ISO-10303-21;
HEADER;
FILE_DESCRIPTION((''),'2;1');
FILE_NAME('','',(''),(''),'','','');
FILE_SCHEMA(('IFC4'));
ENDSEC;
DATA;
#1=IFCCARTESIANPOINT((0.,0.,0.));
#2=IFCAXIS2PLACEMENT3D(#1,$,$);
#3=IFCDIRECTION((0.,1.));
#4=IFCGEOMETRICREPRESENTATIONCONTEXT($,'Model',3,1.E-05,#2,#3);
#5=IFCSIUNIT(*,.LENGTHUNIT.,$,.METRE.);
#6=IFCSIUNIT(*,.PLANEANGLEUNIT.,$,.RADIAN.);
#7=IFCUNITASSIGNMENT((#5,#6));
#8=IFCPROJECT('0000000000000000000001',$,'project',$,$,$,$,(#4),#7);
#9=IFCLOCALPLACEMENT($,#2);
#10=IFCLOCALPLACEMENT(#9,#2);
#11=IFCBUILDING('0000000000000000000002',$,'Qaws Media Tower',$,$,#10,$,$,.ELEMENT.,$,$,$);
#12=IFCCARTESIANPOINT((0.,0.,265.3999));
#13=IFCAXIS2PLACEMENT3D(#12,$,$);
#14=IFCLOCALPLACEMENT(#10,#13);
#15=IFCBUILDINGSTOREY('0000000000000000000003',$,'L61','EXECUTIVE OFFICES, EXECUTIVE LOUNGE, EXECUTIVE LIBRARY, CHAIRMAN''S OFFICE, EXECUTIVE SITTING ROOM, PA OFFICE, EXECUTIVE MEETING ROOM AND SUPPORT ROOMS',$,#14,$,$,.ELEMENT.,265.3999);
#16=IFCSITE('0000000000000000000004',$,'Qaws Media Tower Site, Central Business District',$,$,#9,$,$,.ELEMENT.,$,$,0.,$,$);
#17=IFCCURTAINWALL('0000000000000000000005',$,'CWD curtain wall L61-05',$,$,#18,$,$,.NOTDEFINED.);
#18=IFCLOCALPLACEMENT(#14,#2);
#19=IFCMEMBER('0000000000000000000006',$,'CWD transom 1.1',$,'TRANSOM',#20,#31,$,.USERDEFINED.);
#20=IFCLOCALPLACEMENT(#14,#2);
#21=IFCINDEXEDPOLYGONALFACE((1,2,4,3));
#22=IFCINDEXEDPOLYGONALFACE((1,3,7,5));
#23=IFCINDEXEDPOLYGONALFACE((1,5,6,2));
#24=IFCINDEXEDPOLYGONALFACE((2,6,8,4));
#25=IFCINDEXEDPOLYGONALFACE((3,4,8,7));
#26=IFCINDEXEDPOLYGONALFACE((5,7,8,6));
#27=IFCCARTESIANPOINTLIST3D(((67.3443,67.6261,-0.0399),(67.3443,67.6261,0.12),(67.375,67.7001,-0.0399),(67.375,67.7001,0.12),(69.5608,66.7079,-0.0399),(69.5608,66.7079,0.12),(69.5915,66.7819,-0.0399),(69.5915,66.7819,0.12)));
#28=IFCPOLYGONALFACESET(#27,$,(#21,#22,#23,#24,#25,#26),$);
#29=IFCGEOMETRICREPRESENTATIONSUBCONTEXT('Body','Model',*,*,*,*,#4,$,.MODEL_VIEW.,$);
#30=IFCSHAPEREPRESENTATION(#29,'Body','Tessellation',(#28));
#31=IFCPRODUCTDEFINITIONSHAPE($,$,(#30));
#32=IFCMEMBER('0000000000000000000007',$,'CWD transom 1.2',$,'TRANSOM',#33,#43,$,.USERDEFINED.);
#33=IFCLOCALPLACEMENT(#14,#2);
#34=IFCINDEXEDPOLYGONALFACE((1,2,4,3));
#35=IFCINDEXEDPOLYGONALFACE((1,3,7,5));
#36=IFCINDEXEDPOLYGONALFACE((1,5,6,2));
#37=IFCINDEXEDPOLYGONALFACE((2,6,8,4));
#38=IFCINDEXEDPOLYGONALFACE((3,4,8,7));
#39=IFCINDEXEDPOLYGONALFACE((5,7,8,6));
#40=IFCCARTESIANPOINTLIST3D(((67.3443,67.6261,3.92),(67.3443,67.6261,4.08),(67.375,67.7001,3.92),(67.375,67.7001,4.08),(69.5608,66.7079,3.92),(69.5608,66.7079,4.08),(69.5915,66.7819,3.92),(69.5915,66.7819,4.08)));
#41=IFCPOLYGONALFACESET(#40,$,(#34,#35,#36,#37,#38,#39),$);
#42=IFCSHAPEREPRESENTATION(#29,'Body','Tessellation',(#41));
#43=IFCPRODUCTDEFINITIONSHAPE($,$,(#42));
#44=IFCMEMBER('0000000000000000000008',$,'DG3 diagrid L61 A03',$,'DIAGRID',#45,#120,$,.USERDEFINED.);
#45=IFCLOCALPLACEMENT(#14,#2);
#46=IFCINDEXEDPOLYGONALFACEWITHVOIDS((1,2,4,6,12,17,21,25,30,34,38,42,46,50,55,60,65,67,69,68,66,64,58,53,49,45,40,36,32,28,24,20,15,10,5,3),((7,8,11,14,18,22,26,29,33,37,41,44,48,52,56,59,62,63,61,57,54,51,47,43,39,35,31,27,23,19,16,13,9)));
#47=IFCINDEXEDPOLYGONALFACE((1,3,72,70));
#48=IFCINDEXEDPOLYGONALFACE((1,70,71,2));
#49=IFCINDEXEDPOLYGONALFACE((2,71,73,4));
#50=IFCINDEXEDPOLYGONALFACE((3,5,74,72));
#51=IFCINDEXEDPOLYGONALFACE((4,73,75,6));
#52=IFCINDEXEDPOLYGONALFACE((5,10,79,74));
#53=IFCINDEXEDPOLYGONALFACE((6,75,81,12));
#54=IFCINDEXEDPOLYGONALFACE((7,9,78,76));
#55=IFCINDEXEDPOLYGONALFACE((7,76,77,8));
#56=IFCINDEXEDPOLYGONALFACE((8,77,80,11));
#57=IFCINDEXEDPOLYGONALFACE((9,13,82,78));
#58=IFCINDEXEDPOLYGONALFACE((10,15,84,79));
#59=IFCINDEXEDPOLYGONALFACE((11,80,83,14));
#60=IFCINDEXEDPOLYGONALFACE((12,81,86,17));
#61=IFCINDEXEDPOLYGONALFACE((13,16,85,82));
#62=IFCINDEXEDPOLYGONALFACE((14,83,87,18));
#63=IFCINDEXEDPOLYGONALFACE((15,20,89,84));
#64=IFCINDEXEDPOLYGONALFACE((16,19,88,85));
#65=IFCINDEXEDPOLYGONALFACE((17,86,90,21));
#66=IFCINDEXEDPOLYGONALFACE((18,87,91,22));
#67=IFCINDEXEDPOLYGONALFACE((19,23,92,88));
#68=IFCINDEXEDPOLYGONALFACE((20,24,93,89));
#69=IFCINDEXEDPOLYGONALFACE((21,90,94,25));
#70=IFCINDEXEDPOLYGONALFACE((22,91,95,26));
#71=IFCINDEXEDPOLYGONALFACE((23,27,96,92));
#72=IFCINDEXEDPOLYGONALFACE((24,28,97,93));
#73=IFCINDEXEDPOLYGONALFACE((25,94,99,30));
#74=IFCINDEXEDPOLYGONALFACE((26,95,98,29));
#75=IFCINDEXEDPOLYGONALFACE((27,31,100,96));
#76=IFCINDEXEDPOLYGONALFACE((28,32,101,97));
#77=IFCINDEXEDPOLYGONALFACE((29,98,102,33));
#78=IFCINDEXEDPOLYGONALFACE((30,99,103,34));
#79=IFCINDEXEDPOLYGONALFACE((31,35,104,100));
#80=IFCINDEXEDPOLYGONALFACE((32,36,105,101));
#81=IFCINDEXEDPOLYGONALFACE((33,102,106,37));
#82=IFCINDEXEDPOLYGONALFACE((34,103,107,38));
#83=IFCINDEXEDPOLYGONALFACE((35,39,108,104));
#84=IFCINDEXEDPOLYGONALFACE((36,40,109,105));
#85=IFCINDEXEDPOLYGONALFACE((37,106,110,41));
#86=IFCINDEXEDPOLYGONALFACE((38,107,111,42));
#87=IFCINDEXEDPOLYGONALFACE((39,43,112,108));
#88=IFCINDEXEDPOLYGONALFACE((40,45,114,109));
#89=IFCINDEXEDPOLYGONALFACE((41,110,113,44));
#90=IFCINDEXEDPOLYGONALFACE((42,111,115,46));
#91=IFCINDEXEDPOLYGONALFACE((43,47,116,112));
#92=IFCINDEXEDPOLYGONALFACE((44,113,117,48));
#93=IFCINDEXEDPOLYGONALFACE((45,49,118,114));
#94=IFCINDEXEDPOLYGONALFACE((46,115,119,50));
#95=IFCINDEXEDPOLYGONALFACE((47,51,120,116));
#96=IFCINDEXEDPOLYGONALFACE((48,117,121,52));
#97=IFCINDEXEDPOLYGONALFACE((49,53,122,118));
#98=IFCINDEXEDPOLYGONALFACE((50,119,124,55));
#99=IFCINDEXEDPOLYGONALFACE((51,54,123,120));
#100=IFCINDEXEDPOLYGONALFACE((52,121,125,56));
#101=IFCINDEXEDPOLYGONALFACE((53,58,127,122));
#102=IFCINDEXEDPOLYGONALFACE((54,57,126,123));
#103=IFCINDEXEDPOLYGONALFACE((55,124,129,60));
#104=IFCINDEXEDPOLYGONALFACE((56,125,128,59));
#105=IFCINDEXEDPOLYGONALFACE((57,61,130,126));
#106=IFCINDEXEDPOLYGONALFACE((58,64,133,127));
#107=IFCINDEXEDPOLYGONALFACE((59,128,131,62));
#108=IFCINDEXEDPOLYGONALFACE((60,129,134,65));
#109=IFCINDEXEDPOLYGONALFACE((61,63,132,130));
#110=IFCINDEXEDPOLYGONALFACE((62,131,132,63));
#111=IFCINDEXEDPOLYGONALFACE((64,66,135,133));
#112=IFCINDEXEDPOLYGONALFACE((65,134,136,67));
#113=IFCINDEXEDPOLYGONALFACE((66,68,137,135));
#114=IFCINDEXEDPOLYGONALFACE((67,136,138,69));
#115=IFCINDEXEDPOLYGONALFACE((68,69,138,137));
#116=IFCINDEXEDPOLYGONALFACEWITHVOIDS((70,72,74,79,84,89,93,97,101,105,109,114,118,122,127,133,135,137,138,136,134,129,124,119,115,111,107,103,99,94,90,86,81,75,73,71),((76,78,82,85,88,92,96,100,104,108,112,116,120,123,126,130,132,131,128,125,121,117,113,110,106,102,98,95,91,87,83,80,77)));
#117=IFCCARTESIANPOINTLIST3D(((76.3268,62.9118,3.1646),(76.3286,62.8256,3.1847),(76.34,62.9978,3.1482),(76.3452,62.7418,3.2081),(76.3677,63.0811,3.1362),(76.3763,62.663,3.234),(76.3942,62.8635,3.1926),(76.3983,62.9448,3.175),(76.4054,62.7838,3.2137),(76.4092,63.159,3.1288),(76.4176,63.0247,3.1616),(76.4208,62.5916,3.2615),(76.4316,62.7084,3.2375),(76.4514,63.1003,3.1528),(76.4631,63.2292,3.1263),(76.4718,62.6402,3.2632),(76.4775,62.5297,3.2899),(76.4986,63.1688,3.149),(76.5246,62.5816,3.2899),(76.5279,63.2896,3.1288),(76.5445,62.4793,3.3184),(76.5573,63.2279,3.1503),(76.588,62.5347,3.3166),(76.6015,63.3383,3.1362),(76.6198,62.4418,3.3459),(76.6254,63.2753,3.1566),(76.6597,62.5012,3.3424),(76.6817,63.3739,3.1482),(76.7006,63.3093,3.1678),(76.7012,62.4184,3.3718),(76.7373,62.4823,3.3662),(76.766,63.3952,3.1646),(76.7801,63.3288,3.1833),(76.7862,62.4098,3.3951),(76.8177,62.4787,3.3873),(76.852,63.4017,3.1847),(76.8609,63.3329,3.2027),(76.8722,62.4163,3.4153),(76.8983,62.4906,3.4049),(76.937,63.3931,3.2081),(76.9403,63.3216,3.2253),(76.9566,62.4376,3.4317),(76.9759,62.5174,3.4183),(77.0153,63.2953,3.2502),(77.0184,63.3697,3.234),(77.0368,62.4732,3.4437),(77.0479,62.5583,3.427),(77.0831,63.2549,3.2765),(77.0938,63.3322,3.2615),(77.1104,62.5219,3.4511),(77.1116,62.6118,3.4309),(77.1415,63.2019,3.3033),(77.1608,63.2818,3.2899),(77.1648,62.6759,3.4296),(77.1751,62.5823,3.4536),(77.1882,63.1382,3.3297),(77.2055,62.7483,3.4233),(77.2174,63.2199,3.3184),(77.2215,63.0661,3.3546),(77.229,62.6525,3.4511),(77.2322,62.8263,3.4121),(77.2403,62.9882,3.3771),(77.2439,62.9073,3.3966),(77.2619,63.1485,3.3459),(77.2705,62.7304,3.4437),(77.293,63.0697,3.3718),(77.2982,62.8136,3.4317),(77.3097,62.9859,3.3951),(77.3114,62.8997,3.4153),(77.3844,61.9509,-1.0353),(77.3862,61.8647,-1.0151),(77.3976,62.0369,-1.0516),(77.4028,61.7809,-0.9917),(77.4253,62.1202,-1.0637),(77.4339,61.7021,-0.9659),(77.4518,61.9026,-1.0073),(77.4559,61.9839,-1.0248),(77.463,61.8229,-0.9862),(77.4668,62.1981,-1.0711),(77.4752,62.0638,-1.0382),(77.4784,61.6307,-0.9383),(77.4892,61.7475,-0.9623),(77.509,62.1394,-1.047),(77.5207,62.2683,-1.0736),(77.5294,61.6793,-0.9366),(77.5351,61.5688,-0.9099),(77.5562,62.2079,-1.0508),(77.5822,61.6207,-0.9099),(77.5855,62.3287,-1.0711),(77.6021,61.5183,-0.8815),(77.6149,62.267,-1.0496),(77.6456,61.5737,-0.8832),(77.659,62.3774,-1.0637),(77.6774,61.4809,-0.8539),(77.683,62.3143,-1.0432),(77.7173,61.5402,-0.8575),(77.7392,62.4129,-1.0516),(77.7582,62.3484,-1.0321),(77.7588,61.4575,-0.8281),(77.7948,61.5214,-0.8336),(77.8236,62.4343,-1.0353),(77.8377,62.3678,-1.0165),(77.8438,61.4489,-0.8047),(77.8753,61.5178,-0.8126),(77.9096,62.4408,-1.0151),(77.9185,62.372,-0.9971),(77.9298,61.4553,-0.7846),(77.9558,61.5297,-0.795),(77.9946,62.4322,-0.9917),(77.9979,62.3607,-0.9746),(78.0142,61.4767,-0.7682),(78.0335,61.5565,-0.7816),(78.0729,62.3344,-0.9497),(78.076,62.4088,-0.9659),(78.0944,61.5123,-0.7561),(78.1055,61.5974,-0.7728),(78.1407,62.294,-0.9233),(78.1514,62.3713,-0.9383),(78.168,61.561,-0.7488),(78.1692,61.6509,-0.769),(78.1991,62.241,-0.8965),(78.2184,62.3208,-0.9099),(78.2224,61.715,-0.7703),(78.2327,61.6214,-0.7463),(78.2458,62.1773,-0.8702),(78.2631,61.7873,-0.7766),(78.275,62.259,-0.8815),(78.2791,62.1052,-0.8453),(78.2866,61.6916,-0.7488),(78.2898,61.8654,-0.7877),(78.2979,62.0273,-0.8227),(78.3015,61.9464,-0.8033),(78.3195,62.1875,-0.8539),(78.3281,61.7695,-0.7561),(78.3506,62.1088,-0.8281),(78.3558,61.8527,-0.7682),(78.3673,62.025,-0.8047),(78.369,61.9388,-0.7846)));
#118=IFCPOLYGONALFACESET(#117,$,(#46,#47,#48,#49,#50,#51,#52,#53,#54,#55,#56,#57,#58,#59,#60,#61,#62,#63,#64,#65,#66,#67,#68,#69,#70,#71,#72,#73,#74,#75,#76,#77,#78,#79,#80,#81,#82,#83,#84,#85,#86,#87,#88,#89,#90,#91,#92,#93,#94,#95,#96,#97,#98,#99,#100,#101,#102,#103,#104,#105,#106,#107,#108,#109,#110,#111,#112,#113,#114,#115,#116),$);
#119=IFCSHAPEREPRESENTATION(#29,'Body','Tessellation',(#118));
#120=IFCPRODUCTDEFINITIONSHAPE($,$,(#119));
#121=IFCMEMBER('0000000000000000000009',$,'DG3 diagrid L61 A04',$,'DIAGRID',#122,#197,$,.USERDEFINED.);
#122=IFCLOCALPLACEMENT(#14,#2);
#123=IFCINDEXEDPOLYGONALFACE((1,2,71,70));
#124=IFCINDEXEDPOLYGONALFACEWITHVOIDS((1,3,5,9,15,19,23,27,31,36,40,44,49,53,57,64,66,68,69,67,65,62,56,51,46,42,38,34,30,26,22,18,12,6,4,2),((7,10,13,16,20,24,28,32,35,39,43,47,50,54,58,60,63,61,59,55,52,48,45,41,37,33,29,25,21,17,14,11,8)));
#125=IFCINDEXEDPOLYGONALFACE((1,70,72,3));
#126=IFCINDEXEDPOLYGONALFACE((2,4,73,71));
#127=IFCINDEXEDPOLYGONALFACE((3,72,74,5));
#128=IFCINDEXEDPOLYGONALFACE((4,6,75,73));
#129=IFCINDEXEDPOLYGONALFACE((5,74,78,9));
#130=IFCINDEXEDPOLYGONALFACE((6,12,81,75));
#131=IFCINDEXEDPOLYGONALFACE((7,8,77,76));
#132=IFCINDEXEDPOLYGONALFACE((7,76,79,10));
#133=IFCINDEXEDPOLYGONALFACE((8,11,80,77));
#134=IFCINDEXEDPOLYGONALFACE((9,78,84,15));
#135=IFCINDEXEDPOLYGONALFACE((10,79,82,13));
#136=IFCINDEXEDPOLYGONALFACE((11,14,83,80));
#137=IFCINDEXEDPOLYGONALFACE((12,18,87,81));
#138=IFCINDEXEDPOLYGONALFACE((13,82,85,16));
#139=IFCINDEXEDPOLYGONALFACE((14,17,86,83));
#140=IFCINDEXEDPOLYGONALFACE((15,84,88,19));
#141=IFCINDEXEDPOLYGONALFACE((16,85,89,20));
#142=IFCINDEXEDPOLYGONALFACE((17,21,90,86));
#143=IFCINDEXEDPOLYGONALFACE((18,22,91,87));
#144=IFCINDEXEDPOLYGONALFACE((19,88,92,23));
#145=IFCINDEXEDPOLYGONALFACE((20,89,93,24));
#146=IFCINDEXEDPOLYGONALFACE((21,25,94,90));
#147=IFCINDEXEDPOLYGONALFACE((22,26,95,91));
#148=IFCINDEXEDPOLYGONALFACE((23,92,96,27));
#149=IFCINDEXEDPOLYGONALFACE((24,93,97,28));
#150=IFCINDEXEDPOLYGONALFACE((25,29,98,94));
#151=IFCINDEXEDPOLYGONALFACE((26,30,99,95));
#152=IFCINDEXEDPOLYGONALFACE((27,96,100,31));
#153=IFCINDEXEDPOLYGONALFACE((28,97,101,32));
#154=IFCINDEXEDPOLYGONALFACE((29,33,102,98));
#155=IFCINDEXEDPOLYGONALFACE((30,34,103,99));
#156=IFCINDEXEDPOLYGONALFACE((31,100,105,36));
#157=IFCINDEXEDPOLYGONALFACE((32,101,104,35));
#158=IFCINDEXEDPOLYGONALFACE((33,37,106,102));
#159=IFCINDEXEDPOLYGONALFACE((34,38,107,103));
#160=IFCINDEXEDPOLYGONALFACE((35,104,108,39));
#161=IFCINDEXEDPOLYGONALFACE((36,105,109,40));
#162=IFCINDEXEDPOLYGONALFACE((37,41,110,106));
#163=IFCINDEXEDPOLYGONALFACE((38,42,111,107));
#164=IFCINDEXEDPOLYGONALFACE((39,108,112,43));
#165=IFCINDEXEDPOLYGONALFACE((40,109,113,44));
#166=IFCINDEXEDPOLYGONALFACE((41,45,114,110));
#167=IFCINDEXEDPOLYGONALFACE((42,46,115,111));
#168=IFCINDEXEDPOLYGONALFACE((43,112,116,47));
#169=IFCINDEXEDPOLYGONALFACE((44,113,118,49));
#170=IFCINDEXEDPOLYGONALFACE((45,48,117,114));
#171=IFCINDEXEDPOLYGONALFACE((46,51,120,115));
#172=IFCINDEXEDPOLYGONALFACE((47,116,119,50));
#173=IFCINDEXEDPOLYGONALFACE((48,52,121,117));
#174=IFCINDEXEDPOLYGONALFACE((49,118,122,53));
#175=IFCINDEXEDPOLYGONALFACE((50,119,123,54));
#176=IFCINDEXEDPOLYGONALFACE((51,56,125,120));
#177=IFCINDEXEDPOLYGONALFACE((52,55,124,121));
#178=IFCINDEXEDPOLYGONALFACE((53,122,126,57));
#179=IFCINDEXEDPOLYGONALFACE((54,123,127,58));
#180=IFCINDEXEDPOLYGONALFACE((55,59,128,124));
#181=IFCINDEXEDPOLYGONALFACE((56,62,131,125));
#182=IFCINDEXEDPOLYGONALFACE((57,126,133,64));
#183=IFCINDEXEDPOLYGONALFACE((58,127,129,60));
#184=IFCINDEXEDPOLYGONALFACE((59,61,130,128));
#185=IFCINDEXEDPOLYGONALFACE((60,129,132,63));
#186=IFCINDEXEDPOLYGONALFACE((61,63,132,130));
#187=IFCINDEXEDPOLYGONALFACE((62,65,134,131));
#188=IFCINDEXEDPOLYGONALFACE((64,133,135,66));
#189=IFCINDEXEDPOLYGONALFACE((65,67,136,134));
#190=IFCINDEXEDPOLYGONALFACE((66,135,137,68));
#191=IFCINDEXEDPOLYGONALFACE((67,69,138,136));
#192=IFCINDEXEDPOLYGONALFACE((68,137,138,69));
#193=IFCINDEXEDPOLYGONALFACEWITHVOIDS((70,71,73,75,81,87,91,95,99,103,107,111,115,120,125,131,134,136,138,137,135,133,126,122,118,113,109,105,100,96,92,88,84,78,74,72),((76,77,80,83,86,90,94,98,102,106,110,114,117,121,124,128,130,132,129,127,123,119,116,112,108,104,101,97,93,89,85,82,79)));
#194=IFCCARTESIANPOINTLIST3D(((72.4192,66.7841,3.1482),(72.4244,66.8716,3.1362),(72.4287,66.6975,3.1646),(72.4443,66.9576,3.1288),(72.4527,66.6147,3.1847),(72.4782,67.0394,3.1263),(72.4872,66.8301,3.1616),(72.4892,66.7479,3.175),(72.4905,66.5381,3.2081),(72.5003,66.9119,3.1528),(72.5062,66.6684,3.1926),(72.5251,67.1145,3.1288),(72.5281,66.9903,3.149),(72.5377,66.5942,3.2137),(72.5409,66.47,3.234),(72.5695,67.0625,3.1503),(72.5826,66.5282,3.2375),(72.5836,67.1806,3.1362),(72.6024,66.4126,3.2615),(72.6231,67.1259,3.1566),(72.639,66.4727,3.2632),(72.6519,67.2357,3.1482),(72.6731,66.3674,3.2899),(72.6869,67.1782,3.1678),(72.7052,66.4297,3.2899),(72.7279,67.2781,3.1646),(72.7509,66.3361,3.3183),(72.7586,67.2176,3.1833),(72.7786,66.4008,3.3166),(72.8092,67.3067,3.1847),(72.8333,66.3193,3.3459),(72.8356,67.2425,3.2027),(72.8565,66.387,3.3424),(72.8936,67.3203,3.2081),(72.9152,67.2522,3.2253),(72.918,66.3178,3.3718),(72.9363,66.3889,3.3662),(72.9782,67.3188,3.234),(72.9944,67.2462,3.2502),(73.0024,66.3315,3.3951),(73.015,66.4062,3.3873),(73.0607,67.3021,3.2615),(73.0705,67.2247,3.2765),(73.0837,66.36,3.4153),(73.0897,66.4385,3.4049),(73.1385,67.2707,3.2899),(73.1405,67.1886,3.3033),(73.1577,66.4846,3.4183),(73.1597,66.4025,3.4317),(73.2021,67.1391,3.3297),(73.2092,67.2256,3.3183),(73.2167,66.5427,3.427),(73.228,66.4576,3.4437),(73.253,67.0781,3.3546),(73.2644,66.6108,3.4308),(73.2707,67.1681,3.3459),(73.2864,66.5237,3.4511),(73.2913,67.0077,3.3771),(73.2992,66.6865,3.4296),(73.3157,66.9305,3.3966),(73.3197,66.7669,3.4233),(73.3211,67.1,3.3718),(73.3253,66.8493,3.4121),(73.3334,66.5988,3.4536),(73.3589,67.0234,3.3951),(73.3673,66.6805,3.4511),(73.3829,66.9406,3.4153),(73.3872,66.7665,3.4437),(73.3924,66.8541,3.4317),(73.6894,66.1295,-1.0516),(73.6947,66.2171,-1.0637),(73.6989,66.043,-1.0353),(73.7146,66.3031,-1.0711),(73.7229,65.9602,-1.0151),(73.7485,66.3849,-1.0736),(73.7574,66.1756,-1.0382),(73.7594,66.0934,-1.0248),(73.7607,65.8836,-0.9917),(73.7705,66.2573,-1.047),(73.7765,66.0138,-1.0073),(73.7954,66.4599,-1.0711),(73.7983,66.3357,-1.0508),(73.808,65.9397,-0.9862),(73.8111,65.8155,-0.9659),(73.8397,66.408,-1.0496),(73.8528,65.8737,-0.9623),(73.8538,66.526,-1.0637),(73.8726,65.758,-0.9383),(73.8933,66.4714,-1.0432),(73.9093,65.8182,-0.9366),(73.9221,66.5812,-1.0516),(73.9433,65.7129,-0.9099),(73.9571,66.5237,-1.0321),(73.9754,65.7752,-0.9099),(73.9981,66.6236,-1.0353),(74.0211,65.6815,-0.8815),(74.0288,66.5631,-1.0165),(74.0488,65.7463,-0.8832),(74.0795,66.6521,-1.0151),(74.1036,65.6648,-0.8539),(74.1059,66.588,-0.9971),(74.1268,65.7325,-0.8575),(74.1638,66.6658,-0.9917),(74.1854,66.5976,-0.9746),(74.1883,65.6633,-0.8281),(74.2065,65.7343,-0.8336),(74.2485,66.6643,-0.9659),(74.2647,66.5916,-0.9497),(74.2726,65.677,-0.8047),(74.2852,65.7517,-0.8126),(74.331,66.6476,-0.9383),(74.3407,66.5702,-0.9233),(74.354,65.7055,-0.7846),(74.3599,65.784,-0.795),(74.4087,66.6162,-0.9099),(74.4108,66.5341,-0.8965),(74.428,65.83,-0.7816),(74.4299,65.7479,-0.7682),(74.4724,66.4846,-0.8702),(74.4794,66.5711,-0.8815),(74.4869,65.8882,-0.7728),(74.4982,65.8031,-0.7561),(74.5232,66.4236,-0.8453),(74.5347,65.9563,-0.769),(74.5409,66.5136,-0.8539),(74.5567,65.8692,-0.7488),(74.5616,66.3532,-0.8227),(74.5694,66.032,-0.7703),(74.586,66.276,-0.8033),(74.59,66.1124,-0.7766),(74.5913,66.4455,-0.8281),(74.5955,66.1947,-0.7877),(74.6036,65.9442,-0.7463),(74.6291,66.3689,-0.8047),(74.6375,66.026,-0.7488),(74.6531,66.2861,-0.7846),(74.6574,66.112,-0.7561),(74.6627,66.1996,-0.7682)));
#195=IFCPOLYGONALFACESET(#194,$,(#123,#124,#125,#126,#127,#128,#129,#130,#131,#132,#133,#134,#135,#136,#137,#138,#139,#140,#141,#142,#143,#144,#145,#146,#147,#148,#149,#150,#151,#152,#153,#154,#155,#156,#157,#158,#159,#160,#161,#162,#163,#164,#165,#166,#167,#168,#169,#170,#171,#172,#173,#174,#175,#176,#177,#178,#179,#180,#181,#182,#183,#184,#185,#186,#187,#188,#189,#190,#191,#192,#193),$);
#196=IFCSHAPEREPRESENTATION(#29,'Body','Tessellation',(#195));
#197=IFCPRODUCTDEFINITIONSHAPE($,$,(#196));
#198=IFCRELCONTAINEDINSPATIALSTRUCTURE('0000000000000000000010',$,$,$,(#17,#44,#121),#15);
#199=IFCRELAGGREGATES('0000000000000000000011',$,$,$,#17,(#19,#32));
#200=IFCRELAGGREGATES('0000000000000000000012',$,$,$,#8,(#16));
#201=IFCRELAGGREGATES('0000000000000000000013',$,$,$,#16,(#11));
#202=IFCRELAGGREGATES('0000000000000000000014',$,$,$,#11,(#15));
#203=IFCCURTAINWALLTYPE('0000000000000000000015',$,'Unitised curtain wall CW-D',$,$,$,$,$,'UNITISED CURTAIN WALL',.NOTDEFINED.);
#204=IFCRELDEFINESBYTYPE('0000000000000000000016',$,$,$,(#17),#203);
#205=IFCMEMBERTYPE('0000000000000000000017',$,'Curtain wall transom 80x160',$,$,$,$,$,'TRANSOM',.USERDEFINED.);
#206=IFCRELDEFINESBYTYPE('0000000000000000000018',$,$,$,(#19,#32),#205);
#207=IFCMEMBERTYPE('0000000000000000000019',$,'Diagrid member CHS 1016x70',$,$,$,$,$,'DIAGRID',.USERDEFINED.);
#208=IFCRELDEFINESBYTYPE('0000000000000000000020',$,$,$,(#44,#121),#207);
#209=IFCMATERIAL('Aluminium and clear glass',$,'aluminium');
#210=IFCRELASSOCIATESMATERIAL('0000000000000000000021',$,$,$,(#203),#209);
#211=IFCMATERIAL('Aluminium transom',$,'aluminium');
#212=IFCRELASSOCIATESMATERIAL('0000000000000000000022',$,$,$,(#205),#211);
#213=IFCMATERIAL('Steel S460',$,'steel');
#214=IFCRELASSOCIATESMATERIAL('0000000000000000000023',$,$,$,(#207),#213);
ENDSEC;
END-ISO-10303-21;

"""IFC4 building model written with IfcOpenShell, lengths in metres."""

from ifc_helpers import new_model, si_unit, direction, frame, origin, origin_2d, place, context, subcontext, project, spatial, rectangle, hollow_circle, extrude, material, material_profile, profile_set, type_object, element, aggregate, save


model = new_model("IFC4")

# Units and contexts
model_context = context("Model", 3, precision=1e-05, world=origin(), true_north=direction((0.0, 1.0)))
body_context = subcontext(model_context, "Body", "Model", "MODEL_VIEW")
ifc_project = project(units=[si_unit("LENGTHUNIT", "METRE"), si_unit("PLANEANGLEUNIT", "RADIAN")], contexts=[model_context])

# Site, building, storey
site_placement = place(None, origin())
site = spatial("IfcSite", under=ifc_project, at=site_placement, Name="Qaws Media Tower Site, Central Business District", CompositionType="ELEMENT", RefElevation=0.0)
building_placement = place(site_placement, origin())
building = spatial("IfcBuilding", under=site, at=building_placement, Name="Qaws Media Tower", CompositionType="ELEMENT")
storey_placement = place(building_placement, frame((0.0, 0.0, 265.3999)))
storey = spatial("IfcBuildingStorey", under=building, at=storey_placement, Name="L61", Description="EXECUTIVE OFFICES, EXECUTIVE LOUNGE, EXECUTIVE LIBRARY, CHAIRMAN'S OFFICE, EXECUTIVE SITTING ROOM, PA OFFICE, EXECUTIVE MEETING ROOM AND SUPPORT ROOMS", CompositionType="ELEMENT", Elevation=265.3999)

# Shared definitions
ifc_material_1 = material(Name="Aluminium and clear glass", Category="aluminium")
curtain_wall_type = type_object("IfcCurtainWallType", Name="Unitised curtain wall CW-D", ElementType="UNITISED CURTAIN WALL", PredefinedType="NOTDEFINED", material=ifc_material_1)

# Curtain wall
curtain_wall_1_placement = place(storey_placement, origin())
curtain_wall_1 = element("IfcCurtainWall", 1, at=curtain_wall_1_placement, inside=storey, type_object=curtain_wall_type, Name="CWD curtain wall L61-05", PredefinedType="NOTDEFINED")

# Members
ifc_material_2 = material(Name="Aluminium transom", Category="aluminium")
ifc_material_profile_1 = material_profile(ifc_material_2, rectangle(XDim=0.0801, YDim=0.1599, at=origin_2d()), Name="80x160")
ifc_profile_set_1 = profile_set([ifc_material_profile_1], Name="Aluminium transom")
member_type_1 = type_object("IfcMemberType", Name="Curtain wall transom 80x160", ElementType="TRANSOM", PredefinedType="USERDEFINED", material=ifc_profile_set_1)
member_1_placement = place(storey_placement, frame((69.5762, 66.7449, 0.04), z_axis=(-0.923867, 0.382714, 0.0), x_axis=(-0.382714, -0.923867, 0.0)))
member_1 = element("IfcMember", 2, at=member_1_placement, type_object=member_type_1, Name="CWD transom 1.1", ObjectType="TRANSOM", PredefinedType="USERDEFINED", context=body_context, shape_type="SweptSolid", body=[
    extrude(rectangle(XDim=0.0801, YDim=0.1599, at=origin_2d()), origin(), (0.0, 0.0, 1.0), 2.3992),
])
member_2_placement = place(storey_placement, frame((69.5762, 66.7449, 4.0), z_axis=(-0.923867, 0.382714, 0.0), x_axis=(-0.382714, -0.923867, 0.0)))
member_2 = element("IfcMember", 3, at=member_2_placement, type_object=member_type_1, Name="CWD transom 1.2", ObjectType="TRANSOM", PredefinedType="USERDEFINED", context=body_context, shape_type="SweptSolid", body=[
    extrude(rectangle(XDim=0.0801, YDim=0.1599, at=origin_2d()), origin(), (0.0, 0.0, 1.0), 2.3992),
])
aggregate(curtain_wall_1, [member_1, member_2])

# Members
ifc_material_3 = material(Name="Steel S460", Category="steel")
ifc_material_profile_2 = material_profile(ifc_material_3, hollow_circle(Radius=0.5081, WallThickness=0.0701, at=origin_2d()), Name="CHS 1016x70")
ifc_profile_set_2 = profile_set([ifc_material_profile_2], Name="Steel S460")
member_type_2 = type_object("IfcMemberType", Name="Diagrid member CHS 1016x70", ElementType="DIAGRID", PredefinedType="USERDEFINED", material=ifc_profile_set_2)
for number, where, z_axis, x_axis, name in (
    (4, (77.8767, 61.9448, -0.9099), (-0.238396, 0.216604, 0.946705), (-0.672469, -0.740126, 0.0), "DG3 diagrid L61 A03"),
    (5, (74.176, 66.1646, -0.9099), (-0.286328, 0.147539, 0.946704), (-0.458047, -0.888928, 0.0), "DG3 diagrid L61 A04"),
):
    element("IfcMember", number, at=place(storey_placement, frame(where, z_axis=z_axis, x_axis=x_axis)), inside=storey, type_object=member_type_2, Name=name, ObjectType="DIAGRID", PredefinedType="USERDEFINED", context=body_context, shape_type="SweptSolid", body=[
        extrude(hollow_circle(Radius=0.5081, WallThickness=0.0701, at=origin_2d()), origin(), (0.0, 0.0, 1.0), 4.4363),
    ])

save(model, "model.ifc")
